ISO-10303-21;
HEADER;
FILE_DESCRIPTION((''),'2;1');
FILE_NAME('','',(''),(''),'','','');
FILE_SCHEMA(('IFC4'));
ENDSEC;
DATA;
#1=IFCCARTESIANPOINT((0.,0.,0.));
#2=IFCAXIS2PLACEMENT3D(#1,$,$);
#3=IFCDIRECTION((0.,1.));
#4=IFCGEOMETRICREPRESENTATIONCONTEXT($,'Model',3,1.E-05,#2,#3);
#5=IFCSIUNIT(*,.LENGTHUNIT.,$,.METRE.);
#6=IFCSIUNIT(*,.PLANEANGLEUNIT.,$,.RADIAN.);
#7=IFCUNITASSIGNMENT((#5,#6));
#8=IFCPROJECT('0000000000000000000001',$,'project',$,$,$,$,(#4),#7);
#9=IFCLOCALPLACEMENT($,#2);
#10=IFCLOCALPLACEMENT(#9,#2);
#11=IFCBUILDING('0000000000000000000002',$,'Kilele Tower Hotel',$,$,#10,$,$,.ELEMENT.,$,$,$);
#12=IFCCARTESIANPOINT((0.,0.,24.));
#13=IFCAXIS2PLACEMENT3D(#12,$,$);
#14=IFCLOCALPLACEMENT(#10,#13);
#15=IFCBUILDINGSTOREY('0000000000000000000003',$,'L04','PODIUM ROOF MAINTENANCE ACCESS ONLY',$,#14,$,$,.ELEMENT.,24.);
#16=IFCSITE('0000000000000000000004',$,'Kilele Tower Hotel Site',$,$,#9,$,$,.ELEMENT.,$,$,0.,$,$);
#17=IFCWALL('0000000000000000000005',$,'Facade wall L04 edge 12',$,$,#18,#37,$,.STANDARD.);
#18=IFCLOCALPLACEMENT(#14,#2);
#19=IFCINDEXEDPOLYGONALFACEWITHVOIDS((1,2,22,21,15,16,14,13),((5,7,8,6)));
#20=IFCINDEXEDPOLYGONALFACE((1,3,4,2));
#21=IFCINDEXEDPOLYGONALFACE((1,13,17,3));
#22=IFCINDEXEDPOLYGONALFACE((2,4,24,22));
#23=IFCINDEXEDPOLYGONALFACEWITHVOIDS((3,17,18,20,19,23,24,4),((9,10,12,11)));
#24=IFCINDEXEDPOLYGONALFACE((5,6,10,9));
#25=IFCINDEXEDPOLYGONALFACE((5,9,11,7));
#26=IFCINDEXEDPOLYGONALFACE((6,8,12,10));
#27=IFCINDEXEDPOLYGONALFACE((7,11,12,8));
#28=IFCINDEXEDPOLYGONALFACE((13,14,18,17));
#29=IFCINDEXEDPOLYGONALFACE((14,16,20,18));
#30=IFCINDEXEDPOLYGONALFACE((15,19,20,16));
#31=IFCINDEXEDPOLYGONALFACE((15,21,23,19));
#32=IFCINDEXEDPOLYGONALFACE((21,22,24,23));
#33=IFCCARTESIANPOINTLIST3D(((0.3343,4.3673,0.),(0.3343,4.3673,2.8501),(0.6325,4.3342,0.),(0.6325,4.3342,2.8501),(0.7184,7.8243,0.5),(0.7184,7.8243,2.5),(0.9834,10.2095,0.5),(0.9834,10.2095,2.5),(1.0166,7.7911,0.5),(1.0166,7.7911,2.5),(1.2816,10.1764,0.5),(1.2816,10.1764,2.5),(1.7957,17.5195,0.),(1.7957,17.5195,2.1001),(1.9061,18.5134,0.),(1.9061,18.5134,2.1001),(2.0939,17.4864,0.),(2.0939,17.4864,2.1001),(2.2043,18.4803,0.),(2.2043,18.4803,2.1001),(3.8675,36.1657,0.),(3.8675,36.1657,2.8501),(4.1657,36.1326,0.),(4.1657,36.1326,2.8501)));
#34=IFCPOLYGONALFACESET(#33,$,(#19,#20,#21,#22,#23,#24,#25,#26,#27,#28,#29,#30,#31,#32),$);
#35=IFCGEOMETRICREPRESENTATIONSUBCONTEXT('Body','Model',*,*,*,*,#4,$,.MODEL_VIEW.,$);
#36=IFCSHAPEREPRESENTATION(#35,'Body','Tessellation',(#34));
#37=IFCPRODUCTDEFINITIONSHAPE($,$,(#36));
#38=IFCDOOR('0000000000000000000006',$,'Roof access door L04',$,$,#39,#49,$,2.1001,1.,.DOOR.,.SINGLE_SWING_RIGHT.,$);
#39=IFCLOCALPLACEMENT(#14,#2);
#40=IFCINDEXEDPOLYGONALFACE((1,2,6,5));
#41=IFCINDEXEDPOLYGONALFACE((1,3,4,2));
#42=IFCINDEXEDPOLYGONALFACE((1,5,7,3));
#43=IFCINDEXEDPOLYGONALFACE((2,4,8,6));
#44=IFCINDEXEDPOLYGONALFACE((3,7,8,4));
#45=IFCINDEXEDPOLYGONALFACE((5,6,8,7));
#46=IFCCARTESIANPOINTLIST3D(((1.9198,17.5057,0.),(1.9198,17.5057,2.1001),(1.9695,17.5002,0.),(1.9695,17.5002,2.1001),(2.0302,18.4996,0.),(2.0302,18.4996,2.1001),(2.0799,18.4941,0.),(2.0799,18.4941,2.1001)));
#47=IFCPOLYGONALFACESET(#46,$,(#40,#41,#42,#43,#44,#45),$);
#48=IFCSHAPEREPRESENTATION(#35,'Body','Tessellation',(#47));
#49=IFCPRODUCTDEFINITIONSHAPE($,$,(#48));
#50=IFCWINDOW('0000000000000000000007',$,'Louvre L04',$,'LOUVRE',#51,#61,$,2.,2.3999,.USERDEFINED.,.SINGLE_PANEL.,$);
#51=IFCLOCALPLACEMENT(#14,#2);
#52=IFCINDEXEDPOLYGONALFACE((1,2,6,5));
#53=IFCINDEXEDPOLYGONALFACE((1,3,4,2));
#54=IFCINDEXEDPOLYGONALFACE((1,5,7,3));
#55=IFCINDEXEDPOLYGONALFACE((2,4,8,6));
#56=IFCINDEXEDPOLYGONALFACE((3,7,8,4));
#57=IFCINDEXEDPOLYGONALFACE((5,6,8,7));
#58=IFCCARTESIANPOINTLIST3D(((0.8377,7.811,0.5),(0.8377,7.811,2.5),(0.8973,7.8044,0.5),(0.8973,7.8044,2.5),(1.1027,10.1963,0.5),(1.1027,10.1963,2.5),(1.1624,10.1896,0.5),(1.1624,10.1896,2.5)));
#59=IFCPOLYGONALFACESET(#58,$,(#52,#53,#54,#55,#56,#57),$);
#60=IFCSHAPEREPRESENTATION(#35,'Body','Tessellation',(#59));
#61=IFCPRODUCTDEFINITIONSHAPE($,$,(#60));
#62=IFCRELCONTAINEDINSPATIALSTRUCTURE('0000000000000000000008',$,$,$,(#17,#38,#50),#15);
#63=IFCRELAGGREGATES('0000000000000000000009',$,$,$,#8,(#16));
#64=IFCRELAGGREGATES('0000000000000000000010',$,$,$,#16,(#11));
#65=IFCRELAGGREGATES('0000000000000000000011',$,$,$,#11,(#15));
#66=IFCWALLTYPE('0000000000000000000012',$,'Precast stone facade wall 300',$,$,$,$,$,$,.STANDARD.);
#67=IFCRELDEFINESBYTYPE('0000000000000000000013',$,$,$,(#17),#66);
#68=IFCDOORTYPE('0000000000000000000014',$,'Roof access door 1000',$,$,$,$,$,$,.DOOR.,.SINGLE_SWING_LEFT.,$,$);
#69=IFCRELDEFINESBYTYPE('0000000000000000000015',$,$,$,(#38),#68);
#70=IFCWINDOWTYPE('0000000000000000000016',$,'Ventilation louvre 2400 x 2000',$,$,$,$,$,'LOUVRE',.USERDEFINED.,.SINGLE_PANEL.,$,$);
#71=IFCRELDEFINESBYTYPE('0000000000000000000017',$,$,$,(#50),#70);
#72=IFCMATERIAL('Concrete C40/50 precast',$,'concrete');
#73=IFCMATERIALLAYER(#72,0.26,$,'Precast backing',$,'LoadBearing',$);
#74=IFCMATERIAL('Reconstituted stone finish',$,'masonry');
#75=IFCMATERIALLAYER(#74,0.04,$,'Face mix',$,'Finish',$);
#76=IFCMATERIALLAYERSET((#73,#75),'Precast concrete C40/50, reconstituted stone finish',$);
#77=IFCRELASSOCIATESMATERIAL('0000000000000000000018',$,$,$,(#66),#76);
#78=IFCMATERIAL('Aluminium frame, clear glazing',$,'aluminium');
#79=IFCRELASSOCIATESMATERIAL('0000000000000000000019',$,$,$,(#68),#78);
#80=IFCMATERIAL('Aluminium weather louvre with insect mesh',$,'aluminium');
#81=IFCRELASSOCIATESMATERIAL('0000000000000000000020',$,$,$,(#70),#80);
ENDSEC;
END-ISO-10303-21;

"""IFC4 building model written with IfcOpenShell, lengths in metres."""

from ifc_helpers import new_model, si_unit, direction, frame, frame_2d, origin, place, context, subcontext, project, spatial, rectangle, extrude, material, layer, layer_set, type_object, element, fill, save


model = new_model("IFC4")

# Units and contexts
model_context = context("Model", 3, precision=1e-05, world=origin(), true_north=direction((0.0, 1.0)))
body_context = subcontext(model_context, "Body", "Model", "MODEL_VIEW")
ifc_project = project(units=[si_unit("LENGTHUNIT", "METRE"), si_unit("PLANEANGLEUNIT", "RADIAN")], contexts=[model_context])

# Site, building, storey
site_placement = place(None, origin())
site = spatial("IfcSite", under=ifc_project, at=site_placement, Name="Kilele Tower Hotel Site", CompositionType="ELEMENT", RefElevation=0.0)
building_placement = place(site_placement, origin())
building = spatial("IfcBuilding", under=site, at=building_placement, Name="Kilele Tower Hotel", CompositionType="ELEMENT")
storey_placement = place(building_placement, frame((0.0, 0.0, 24.0)))
storey = spatial("IfcBuildingStorey", under=building, at=storey_placement, Name="L04", Description="PODIUM ROOF MAINTENANCE ACCESS ONLY", CompositionType="ELEMENT", Elevation=24.0)

# Wall, openings, door, window
ifc_material_1 = material(Name="Concrete C40/50 precast", Category="concrete")
ifc_layer_1 = layer(ifc_material_1, 0.26, Name="Precast backing", Category="LoadBearing")
ifc_material_2 = material(Name="Reconstituted stone finish", Category="masonry")
ifc_layer_2 = layer(ifc_material_2, 0.04, Name="Face mix", Category="Finish")
ifc_layer_set_1 = layer_set([ifc_layer_1, ifc_layer_2], Name="Precast concrete C40/50, reconstituted stone finish")
wall_type_1 = type_object("IfcWallType", Name="Precast stone facade wall 300", PredefinedType="STANDARD", material=ifc_layer_set_1)
wall_1_placement = place(storey_placement, frame((4.0166, 36.1492, 0.0), z_axis=(0.0, 0.0, 1.0), x_axis=(-0.110433, -0.993884, 0.0)))
wall_1 = element("IfcWall", 1, at=wall_1_placement, inside=storey, type_object=wall_type_1, Name="Facade wall L04 edge 12", PredefinedType="STANDARD", context=body_context, shape_type="SweptSolid", body=[
    extrude(rectangle(XDim=31.9941, YDim=0.3, at=frame_2d((15.9971, 0.0))), origin(), (0.0, 0.0, 1.0), 2.8501),
])
opening_1_placement = place(wall_1_placement, frame((17.761, 0.0, 0.0)))
opening_1 = element("IfcOpeningElement", 2, at=opening_1_placement, cuts=wall_1, PredefinedType="OPENING", context=body_context, shape_type="SweptSolid", body=[
    extrude(rectangle(XDim=1.0, YDim=2.1001, at=frame_2d((0.5, 1.05))), frame((0.0, 0.1599, 0.0), z_axis=(0.0, -1.0, 0.0), x_axis=(1.0, 0.0, 0.0)), (0.0, 0.0, 1.0), 0.3201),
])
opening_2_placement = place(wall_1_placement, frame((26.116, 0.0, 0.5)))
opening_2 = element("IfcOpeningElement", 3, at=opening_2_placement, cuts=wall_1, PredefinedType="OPENING", context=body_context, shape_type="SweptSolid", body=[
    extrude(rectangle(XDim=2.3999, YDim=2.0, at=frame_2d((1.2, 1.0))), frame((0.0, 0.1599, 0.0), z_axis=(0.0, -1.0, 0.0), x_axis=(1.0, 0.0, 0.0)), (0.0, 0.0, 1.0), 0.3201),
])
ifc_material_3 = material(Name="Aluminium frame, clear glazing", Category="aluminium")
door_type = type_object("IfcDoorType", Name="Roof access door 1000", OperationType="SINGLE_SWING_LEFT", PredefinedType="DOOR", material=ifc_material_3)
door_placement = place(opening_1_placement, origin())
door = element("IfcDoor", 4, at=door_placement, inside=storey, type_object=door_type, Name="Roof access door L04", OperationType="SINGLE_SWING_RIGHT", OverallHeight=2.1001, OverallWidth=1.0, PredefinedType="DOOR", context=body_context, shape_type="SweptSolid", body=[
    extrude(rectangle(XDim=1.0, YDim=2.1001, at=frame_2d((0.5, 1.05))), frame((0.0, 0.0249, 0.0), z_axis=(0.0, -1.0, 0.0), x_axis=(1.0, 0.0, 0.0)), (0.0, 0.0, 1.0), 0.05),
])
fill(opening_1, door)
ifc_material_4 = material(Name="Aluminium weather louvre with insect mesh", Category="aluminium")
window_type = type_object("IfcWindowType", Name="Ventilation louvre 2400 x 2000", ElementType="LOUVRE", PartitioningType="SINGLE_PANEL", PredefinedType="USERDEFINED", material=ifc_material_4)
window_placement = place(opening_2_placement, origin())
window = element("IfcWindow", 5, at=window_placement, inside=storey, type_object=window_type, Name="Louvre L04", ObjectType="LOUVRE", OverallHeight=2.0, OverallWidth=2.3999, PartitioningType="SINGLE_PANEL", PredefinedType="USERDEFINED", context=body_context, shape_type="SweptSolid", body=[
    extrude(rectangle(XDim=2.3999, YDim=2.0, at=frame_2d((1.2, 1.0))), frame((0.0, 0.03, 0.0), z_axis=(0.0, -1.0, 0.0), x_axis=(1.0, 0.0, 0.0)), (0.0, 0.0, 1.0), 0.0601),
])
fill(opening_2, window)

save(model, "model.ifc")
